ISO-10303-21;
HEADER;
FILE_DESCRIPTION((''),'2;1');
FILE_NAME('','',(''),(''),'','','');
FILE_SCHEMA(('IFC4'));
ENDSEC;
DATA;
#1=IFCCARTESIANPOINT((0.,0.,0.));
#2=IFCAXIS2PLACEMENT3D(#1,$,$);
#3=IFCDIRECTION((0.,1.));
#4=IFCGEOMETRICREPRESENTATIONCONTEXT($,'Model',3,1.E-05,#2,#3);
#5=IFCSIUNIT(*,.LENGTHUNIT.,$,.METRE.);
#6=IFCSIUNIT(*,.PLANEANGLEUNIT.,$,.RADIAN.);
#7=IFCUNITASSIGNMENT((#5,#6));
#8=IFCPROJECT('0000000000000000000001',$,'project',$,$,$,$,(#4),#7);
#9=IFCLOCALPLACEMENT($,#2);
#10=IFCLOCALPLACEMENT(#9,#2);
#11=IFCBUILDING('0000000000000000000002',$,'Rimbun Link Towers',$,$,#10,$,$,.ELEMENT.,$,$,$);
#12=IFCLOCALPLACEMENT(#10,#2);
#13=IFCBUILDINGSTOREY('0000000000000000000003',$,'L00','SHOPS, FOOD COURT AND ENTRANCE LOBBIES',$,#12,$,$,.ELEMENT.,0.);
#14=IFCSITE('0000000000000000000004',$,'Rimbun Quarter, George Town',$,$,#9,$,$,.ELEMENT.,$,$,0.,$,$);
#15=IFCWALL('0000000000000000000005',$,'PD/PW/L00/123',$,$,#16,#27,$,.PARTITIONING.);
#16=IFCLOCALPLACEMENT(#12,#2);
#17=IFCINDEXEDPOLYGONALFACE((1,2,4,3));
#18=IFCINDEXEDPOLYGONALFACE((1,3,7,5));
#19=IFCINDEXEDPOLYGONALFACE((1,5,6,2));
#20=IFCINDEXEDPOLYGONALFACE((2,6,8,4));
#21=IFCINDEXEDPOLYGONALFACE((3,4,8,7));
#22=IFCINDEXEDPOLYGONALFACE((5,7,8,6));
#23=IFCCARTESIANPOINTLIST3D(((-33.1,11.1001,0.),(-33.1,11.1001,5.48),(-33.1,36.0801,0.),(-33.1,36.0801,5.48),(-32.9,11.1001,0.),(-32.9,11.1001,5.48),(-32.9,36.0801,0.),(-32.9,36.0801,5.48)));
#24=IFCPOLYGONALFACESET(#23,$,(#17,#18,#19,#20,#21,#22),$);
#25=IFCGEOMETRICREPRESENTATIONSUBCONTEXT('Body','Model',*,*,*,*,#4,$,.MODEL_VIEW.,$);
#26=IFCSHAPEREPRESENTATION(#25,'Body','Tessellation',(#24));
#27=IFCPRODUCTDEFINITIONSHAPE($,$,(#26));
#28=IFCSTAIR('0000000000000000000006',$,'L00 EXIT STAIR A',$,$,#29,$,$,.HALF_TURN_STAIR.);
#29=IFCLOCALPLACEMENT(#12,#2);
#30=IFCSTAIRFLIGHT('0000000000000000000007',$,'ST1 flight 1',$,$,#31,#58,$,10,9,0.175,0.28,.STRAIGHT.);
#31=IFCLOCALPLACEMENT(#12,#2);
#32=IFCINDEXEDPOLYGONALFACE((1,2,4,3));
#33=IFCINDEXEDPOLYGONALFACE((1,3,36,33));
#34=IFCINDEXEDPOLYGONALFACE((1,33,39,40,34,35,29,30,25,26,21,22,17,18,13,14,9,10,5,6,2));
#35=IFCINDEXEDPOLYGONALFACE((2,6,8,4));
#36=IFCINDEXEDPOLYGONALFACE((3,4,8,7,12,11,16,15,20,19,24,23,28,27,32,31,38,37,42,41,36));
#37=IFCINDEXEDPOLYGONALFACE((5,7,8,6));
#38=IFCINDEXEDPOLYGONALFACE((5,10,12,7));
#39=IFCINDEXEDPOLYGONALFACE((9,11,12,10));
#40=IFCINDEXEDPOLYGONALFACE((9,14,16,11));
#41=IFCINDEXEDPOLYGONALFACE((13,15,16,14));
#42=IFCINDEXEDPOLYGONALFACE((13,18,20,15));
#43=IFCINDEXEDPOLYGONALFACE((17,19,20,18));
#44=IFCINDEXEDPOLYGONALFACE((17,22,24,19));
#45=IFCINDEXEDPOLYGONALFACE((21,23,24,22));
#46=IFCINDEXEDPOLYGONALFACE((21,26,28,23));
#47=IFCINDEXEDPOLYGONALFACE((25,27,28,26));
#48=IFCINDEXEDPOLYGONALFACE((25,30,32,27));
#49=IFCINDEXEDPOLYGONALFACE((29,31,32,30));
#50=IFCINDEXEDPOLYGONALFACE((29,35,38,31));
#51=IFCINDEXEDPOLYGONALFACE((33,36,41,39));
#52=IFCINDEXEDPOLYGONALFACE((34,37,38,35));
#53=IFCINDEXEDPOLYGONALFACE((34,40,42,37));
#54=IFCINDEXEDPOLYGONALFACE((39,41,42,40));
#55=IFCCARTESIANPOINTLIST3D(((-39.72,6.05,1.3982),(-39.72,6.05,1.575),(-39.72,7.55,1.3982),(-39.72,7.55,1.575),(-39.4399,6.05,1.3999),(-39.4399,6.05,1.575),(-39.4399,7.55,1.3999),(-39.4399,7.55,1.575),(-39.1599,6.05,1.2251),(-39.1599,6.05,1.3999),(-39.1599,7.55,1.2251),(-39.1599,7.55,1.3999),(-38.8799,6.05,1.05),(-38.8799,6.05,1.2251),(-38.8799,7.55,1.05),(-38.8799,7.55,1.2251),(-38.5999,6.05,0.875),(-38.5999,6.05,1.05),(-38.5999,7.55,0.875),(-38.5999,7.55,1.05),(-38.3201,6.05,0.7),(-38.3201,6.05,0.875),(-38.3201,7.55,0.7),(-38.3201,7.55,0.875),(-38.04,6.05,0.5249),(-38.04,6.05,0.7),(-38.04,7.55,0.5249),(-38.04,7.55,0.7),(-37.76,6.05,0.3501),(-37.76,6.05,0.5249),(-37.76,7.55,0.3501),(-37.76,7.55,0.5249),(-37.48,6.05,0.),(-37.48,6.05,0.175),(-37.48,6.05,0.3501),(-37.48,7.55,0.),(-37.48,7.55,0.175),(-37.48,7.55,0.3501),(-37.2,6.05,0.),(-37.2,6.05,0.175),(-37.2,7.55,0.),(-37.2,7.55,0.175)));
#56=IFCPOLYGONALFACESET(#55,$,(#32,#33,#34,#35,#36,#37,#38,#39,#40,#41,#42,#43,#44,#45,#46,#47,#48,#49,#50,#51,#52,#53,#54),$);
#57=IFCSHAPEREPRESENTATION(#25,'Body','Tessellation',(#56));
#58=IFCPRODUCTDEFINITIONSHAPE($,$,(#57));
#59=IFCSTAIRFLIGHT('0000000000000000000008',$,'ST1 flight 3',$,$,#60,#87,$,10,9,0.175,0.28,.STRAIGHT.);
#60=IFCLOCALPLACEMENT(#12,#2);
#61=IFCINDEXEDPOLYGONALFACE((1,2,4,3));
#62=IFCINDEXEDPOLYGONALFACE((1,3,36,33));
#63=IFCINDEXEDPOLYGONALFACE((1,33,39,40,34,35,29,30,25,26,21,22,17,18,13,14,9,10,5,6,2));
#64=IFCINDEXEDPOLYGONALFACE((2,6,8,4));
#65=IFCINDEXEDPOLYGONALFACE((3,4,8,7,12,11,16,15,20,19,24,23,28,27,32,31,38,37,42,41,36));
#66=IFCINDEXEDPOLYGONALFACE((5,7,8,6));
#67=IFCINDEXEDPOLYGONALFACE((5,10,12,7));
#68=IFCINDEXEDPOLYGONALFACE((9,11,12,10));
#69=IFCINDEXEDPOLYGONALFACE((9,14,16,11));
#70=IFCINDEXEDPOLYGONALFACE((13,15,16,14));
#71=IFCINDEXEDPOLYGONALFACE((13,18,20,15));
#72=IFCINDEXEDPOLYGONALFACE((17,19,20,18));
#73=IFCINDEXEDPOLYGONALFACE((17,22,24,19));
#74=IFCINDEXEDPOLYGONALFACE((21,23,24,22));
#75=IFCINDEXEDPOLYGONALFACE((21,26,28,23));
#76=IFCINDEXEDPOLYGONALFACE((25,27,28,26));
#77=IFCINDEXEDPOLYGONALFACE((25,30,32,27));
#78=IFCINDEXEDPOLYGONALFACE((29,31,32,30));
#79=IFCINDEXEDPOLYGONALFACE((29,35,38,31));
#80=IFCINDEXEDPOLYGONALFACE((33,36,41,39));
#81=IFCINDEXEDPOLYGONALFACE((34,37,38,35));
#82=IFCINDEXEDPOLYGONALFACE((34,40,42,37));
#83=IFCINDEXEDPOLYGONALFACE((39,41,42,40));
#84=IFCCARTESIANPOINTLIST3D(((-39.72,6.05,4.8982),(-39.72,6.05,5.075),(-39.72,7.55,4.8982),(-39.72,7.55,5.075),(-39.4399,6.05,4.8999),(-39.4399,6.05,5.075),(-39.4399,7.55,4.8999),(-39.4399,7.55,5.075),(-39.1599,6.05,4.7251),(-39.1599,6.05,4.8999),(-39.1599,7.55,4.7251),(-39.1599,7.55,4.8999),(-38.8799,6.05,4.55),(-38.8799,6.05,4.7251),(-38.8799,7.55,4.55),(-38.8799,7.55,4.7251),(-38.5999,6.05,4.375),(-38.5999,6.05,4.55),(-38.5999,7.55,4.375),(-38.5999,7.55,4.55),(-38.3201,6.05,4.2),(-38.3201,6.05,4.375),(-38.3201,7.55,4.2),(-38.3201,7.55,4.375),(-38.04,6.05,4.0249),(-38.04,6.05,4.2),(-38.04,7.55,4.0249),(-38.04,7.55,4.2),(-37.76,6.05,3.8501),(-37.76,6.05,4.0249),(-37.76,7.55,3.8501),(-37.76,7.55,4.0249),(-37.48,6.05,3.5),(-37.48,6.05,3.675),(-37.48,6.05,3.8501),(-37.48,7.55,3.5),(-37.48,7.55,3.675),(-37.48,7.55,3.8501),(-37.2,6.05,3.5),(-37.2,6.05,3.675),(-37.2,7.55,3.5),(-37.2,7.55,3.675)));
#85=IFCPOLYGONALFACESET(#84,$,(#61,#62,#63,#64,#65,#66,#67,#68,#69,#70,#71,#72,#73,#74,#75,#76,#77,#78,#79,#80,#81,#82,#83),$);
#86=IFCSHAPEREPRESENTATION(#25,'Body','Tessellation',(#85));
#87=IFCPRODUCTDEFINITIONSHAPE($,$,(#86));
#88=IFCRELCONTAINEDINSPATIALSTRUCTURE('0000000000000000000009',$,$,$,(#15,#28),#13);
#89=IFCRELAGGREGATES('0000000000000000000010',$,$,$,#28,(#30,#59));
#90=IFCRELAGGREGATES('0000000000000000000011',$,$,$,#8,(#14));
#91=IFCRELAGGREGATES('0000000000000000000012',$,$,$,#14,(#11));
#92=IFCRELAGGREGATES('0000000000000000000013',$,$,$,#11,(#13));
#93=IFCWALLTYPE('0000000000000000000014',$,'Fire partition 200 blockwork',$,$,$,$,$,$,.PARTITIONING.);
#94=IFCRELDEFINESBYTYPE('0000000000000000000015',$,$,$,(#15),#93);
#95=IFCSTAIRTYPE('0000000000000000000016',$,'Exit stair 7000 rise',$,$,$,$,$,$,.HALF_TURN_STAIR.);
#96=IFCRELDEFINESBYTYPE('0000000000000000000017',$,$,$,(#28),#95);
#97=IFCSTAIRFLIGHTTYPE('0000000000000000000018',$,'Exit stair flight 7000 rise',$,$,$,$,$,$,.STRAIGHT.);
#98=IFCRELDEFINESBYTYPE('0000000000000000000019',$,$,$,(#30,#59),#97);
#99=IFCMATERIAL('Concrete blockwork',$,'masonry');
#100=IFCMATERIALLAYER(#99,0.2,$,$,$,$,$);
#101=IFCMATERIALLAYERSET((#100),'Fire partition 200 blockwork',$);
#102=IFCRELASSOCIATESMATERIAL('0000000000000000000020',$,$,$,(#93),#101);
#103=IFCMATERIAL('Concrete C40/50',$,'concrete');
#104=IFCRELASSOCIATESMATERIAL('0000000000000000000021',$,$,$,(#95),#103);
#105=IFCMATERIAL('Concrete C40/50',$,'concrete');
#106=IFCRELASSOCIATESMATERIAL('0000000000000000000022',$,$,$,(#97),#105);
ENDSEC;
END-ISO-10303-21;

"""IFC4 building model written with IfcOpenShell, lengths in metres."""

from ifc_helpers import new_model, si_unit, direction, frame, frame_2d, origin, place, context, subcontext, project, spatial, polyline, rectangle, outline, extrude, material, layer, layer_set, type_object, element, aggregate, save


model = new_model("IFC4")

# Units and contexts
model_context = context("Model", 3, precision=1e-05, world=origin(), true_north=direction((0.0, 1.0)))
body_context = subcontext(model_context, "Body", "Model", "MODEL_VIEW")
ifc_project = project(units=[si_unit("LENGTHUNIT", "METRE"), si_unit("PLANEANGLEUNIT", "RADIAN")], contexts=[model_context])

# Site, building, storey
site_placement = place(None, origin())
site = spatial("IfcSite", under=ifc_project, at=site_placement, Name="Rimbun Quarter, George Town", CompositionType="ELEMENT", RefElevation=0.0)
building_placement = place(site_placement, origin())
building = spatial("IfcBuilding", under=site, at=building_placement, Name="Rimbun Link Towers", CompositionType="ELEMENT")
storey_placement = place(building_placement, origin())
storey = spatial("IfcBuildingStorey", under=building, at=storey_placement, Name="L00", Description="SHOPS, FOOD COURT AND ENTRANCE LOBBIES", CompositionType="ELEMENT", Elevation=0.0)

# Shared definitions
ifc_material_1 = material(Name="Concrete blockwork", Category="masonry")
ifc_layer = layer(ifc_material_1, 0.2)
ifc_layer_set = layer_set([ifc_layer], Name="Fire partition 200 blockwork")
wall_type = type_object("IfcWallType", Name="Fire partition 200 blockwork", PredefinedType="PARTITIONING", material=ifc_layer_set)

# Wall
wall_1_placement = place(storey_placement, frame((-33.0, 11.1001, 0.0), z_axis=(0.0, 0.0, 1.0), x_axis=(0.0, 1.0, 0.0)))
element("IfcWall", 1, at=wall_1_placement, inside=storey, type_object=wall_type, Name="PD/PW/L00/123", PredefinedType="PARTITIONING", context=body_context, shape_type="SweptSolid", body=[
    extrude(rectangle(XDim=24.98, YDim=0.2, at=frame_2d((12.49, 0.0))), origin(), (0.0, 0.0, 1.0), 5.48),
])

# Stair, stair flights
ifc_material_2 = material(Name="Concrete C40/50", Category="concrete")
stair_type = type_object("IfcStairType", Name="Exit stair 7000 rise", PredefinedType="HALF_TURN_STAIR", material=ifc_material_2)
stair_placement = place(storey_placement, origin())
stair = element("IfcStair", 2, at=stair_placement, inside=storey, type_object=stair_type, Name="L00 EXIT STAIR A", PredefinedType="HALF_TURN_STAIR")
ifc_material_3 = material(Name="Concrete C40/50", Category="concrete")
stair_flight_type = type_object("IfcStairFlightType", Name="Exit stair flight 7000 rise", PredefinedType="STRAIGHT", material=ifc_material_3)
stair_flight_1_placement = place(storey_placement, frame((-37.2, 6.8, 0.0), z_axis=(0.0, 0.0, 1.0), x_axis=(-1.0, 0.0, 0.0)))
stair_flight_1 = element("IfcStairFlight", 3, at=stair_flight_1_placement, type_object=stair_flight_type, Name="ST1 flight 1", NumberOfRisers=10, NumberOfTreads=9, PredefinedType="STRAIGHT", RiserHeight=0.175, TreadLength=0.28, context=body_context, shape_type="SweptSolid", body=[
    extrude(outline(polyline([(0.0, 0.0), (0.0, 0.175), (0.28, 0.175), (0.28, 0.3501), (0.5601, 0.3501), (0.5601, 0.5249), (0.8401, 0.5249), (0.8401, 0.7), (1.1201, 0.7), (1.1201, 0.875), (1.3999, 0.875), (1.3999, 1.05), (1.6799, 1.05), (1.6799, 1.2251), (1.96, 1.2251), (1.96, 1.3999), (2.24, 1.3999), (2.24, 1.575), (2.52, 1.575), (2.52, 1.75), (2.52, 1.3982), (0.28, 0.0), (0.0, 0.0)])), frame((0.0, 0.75, 0.0), z_axis=(0.0, -1.0, 0.0), x_axis=(1.0, 0.0, 0.0)), (0.0, 0.0, 1.0), 1.5),
])
stair_flight_2_placement = place(storey_placement, frame((-37.2, 6.8, 3.5), z_axis=(0.0, 0.0, 1.0), x_axis=(-1.0, 0.0, 0.0)))
stair_flight_2 = element("IfcStairFlight", 4, at=stair_flight_2_placement, type_object=stair_flight_type, Name="ST1 flight 3", NumberOfRisers=10, NumberOfTreads=9, PredefinedType="STRAIGHT", RiserHeight=0.175, TreadLength=0.28, context=body_context, shape_type="SweptSolid", body=[
    extrude(outline(polyline([(0.0, 0.0), (0.0, 0.175), (0.28, 0.175), (0.28, 0.3501), (0.5601, 0.3501), (0.5601, 0.5249), (0.8401, 0.5249), (0.8401, 0.7), (1.1201, 0.7), (1.1201, 0.875), (1.3999, 0.875), (1.3999, 1.05), (1.6799, 1.05), (1.6799, 1.2251), (1.96, 1.2251), (1.96, 1.3999), (2.24, 1.3999), (2.24, 1.575), (2.52, 1.575), (2.52, 1.75), (2.52, 1.3982), (0.28, 0.0), (0.0, 0.0)])), frame((0.0, 0.75, 0.0), z_axis=(0.0, -1.0, 0.0), x_axis=(1.0, 0.0, 0.0)), (0.0, 0.0, 1.0), 1.5),
])
aggregate(stair, [stair_flight_1, stair_flight_2])

save(model, "model.ifc")
